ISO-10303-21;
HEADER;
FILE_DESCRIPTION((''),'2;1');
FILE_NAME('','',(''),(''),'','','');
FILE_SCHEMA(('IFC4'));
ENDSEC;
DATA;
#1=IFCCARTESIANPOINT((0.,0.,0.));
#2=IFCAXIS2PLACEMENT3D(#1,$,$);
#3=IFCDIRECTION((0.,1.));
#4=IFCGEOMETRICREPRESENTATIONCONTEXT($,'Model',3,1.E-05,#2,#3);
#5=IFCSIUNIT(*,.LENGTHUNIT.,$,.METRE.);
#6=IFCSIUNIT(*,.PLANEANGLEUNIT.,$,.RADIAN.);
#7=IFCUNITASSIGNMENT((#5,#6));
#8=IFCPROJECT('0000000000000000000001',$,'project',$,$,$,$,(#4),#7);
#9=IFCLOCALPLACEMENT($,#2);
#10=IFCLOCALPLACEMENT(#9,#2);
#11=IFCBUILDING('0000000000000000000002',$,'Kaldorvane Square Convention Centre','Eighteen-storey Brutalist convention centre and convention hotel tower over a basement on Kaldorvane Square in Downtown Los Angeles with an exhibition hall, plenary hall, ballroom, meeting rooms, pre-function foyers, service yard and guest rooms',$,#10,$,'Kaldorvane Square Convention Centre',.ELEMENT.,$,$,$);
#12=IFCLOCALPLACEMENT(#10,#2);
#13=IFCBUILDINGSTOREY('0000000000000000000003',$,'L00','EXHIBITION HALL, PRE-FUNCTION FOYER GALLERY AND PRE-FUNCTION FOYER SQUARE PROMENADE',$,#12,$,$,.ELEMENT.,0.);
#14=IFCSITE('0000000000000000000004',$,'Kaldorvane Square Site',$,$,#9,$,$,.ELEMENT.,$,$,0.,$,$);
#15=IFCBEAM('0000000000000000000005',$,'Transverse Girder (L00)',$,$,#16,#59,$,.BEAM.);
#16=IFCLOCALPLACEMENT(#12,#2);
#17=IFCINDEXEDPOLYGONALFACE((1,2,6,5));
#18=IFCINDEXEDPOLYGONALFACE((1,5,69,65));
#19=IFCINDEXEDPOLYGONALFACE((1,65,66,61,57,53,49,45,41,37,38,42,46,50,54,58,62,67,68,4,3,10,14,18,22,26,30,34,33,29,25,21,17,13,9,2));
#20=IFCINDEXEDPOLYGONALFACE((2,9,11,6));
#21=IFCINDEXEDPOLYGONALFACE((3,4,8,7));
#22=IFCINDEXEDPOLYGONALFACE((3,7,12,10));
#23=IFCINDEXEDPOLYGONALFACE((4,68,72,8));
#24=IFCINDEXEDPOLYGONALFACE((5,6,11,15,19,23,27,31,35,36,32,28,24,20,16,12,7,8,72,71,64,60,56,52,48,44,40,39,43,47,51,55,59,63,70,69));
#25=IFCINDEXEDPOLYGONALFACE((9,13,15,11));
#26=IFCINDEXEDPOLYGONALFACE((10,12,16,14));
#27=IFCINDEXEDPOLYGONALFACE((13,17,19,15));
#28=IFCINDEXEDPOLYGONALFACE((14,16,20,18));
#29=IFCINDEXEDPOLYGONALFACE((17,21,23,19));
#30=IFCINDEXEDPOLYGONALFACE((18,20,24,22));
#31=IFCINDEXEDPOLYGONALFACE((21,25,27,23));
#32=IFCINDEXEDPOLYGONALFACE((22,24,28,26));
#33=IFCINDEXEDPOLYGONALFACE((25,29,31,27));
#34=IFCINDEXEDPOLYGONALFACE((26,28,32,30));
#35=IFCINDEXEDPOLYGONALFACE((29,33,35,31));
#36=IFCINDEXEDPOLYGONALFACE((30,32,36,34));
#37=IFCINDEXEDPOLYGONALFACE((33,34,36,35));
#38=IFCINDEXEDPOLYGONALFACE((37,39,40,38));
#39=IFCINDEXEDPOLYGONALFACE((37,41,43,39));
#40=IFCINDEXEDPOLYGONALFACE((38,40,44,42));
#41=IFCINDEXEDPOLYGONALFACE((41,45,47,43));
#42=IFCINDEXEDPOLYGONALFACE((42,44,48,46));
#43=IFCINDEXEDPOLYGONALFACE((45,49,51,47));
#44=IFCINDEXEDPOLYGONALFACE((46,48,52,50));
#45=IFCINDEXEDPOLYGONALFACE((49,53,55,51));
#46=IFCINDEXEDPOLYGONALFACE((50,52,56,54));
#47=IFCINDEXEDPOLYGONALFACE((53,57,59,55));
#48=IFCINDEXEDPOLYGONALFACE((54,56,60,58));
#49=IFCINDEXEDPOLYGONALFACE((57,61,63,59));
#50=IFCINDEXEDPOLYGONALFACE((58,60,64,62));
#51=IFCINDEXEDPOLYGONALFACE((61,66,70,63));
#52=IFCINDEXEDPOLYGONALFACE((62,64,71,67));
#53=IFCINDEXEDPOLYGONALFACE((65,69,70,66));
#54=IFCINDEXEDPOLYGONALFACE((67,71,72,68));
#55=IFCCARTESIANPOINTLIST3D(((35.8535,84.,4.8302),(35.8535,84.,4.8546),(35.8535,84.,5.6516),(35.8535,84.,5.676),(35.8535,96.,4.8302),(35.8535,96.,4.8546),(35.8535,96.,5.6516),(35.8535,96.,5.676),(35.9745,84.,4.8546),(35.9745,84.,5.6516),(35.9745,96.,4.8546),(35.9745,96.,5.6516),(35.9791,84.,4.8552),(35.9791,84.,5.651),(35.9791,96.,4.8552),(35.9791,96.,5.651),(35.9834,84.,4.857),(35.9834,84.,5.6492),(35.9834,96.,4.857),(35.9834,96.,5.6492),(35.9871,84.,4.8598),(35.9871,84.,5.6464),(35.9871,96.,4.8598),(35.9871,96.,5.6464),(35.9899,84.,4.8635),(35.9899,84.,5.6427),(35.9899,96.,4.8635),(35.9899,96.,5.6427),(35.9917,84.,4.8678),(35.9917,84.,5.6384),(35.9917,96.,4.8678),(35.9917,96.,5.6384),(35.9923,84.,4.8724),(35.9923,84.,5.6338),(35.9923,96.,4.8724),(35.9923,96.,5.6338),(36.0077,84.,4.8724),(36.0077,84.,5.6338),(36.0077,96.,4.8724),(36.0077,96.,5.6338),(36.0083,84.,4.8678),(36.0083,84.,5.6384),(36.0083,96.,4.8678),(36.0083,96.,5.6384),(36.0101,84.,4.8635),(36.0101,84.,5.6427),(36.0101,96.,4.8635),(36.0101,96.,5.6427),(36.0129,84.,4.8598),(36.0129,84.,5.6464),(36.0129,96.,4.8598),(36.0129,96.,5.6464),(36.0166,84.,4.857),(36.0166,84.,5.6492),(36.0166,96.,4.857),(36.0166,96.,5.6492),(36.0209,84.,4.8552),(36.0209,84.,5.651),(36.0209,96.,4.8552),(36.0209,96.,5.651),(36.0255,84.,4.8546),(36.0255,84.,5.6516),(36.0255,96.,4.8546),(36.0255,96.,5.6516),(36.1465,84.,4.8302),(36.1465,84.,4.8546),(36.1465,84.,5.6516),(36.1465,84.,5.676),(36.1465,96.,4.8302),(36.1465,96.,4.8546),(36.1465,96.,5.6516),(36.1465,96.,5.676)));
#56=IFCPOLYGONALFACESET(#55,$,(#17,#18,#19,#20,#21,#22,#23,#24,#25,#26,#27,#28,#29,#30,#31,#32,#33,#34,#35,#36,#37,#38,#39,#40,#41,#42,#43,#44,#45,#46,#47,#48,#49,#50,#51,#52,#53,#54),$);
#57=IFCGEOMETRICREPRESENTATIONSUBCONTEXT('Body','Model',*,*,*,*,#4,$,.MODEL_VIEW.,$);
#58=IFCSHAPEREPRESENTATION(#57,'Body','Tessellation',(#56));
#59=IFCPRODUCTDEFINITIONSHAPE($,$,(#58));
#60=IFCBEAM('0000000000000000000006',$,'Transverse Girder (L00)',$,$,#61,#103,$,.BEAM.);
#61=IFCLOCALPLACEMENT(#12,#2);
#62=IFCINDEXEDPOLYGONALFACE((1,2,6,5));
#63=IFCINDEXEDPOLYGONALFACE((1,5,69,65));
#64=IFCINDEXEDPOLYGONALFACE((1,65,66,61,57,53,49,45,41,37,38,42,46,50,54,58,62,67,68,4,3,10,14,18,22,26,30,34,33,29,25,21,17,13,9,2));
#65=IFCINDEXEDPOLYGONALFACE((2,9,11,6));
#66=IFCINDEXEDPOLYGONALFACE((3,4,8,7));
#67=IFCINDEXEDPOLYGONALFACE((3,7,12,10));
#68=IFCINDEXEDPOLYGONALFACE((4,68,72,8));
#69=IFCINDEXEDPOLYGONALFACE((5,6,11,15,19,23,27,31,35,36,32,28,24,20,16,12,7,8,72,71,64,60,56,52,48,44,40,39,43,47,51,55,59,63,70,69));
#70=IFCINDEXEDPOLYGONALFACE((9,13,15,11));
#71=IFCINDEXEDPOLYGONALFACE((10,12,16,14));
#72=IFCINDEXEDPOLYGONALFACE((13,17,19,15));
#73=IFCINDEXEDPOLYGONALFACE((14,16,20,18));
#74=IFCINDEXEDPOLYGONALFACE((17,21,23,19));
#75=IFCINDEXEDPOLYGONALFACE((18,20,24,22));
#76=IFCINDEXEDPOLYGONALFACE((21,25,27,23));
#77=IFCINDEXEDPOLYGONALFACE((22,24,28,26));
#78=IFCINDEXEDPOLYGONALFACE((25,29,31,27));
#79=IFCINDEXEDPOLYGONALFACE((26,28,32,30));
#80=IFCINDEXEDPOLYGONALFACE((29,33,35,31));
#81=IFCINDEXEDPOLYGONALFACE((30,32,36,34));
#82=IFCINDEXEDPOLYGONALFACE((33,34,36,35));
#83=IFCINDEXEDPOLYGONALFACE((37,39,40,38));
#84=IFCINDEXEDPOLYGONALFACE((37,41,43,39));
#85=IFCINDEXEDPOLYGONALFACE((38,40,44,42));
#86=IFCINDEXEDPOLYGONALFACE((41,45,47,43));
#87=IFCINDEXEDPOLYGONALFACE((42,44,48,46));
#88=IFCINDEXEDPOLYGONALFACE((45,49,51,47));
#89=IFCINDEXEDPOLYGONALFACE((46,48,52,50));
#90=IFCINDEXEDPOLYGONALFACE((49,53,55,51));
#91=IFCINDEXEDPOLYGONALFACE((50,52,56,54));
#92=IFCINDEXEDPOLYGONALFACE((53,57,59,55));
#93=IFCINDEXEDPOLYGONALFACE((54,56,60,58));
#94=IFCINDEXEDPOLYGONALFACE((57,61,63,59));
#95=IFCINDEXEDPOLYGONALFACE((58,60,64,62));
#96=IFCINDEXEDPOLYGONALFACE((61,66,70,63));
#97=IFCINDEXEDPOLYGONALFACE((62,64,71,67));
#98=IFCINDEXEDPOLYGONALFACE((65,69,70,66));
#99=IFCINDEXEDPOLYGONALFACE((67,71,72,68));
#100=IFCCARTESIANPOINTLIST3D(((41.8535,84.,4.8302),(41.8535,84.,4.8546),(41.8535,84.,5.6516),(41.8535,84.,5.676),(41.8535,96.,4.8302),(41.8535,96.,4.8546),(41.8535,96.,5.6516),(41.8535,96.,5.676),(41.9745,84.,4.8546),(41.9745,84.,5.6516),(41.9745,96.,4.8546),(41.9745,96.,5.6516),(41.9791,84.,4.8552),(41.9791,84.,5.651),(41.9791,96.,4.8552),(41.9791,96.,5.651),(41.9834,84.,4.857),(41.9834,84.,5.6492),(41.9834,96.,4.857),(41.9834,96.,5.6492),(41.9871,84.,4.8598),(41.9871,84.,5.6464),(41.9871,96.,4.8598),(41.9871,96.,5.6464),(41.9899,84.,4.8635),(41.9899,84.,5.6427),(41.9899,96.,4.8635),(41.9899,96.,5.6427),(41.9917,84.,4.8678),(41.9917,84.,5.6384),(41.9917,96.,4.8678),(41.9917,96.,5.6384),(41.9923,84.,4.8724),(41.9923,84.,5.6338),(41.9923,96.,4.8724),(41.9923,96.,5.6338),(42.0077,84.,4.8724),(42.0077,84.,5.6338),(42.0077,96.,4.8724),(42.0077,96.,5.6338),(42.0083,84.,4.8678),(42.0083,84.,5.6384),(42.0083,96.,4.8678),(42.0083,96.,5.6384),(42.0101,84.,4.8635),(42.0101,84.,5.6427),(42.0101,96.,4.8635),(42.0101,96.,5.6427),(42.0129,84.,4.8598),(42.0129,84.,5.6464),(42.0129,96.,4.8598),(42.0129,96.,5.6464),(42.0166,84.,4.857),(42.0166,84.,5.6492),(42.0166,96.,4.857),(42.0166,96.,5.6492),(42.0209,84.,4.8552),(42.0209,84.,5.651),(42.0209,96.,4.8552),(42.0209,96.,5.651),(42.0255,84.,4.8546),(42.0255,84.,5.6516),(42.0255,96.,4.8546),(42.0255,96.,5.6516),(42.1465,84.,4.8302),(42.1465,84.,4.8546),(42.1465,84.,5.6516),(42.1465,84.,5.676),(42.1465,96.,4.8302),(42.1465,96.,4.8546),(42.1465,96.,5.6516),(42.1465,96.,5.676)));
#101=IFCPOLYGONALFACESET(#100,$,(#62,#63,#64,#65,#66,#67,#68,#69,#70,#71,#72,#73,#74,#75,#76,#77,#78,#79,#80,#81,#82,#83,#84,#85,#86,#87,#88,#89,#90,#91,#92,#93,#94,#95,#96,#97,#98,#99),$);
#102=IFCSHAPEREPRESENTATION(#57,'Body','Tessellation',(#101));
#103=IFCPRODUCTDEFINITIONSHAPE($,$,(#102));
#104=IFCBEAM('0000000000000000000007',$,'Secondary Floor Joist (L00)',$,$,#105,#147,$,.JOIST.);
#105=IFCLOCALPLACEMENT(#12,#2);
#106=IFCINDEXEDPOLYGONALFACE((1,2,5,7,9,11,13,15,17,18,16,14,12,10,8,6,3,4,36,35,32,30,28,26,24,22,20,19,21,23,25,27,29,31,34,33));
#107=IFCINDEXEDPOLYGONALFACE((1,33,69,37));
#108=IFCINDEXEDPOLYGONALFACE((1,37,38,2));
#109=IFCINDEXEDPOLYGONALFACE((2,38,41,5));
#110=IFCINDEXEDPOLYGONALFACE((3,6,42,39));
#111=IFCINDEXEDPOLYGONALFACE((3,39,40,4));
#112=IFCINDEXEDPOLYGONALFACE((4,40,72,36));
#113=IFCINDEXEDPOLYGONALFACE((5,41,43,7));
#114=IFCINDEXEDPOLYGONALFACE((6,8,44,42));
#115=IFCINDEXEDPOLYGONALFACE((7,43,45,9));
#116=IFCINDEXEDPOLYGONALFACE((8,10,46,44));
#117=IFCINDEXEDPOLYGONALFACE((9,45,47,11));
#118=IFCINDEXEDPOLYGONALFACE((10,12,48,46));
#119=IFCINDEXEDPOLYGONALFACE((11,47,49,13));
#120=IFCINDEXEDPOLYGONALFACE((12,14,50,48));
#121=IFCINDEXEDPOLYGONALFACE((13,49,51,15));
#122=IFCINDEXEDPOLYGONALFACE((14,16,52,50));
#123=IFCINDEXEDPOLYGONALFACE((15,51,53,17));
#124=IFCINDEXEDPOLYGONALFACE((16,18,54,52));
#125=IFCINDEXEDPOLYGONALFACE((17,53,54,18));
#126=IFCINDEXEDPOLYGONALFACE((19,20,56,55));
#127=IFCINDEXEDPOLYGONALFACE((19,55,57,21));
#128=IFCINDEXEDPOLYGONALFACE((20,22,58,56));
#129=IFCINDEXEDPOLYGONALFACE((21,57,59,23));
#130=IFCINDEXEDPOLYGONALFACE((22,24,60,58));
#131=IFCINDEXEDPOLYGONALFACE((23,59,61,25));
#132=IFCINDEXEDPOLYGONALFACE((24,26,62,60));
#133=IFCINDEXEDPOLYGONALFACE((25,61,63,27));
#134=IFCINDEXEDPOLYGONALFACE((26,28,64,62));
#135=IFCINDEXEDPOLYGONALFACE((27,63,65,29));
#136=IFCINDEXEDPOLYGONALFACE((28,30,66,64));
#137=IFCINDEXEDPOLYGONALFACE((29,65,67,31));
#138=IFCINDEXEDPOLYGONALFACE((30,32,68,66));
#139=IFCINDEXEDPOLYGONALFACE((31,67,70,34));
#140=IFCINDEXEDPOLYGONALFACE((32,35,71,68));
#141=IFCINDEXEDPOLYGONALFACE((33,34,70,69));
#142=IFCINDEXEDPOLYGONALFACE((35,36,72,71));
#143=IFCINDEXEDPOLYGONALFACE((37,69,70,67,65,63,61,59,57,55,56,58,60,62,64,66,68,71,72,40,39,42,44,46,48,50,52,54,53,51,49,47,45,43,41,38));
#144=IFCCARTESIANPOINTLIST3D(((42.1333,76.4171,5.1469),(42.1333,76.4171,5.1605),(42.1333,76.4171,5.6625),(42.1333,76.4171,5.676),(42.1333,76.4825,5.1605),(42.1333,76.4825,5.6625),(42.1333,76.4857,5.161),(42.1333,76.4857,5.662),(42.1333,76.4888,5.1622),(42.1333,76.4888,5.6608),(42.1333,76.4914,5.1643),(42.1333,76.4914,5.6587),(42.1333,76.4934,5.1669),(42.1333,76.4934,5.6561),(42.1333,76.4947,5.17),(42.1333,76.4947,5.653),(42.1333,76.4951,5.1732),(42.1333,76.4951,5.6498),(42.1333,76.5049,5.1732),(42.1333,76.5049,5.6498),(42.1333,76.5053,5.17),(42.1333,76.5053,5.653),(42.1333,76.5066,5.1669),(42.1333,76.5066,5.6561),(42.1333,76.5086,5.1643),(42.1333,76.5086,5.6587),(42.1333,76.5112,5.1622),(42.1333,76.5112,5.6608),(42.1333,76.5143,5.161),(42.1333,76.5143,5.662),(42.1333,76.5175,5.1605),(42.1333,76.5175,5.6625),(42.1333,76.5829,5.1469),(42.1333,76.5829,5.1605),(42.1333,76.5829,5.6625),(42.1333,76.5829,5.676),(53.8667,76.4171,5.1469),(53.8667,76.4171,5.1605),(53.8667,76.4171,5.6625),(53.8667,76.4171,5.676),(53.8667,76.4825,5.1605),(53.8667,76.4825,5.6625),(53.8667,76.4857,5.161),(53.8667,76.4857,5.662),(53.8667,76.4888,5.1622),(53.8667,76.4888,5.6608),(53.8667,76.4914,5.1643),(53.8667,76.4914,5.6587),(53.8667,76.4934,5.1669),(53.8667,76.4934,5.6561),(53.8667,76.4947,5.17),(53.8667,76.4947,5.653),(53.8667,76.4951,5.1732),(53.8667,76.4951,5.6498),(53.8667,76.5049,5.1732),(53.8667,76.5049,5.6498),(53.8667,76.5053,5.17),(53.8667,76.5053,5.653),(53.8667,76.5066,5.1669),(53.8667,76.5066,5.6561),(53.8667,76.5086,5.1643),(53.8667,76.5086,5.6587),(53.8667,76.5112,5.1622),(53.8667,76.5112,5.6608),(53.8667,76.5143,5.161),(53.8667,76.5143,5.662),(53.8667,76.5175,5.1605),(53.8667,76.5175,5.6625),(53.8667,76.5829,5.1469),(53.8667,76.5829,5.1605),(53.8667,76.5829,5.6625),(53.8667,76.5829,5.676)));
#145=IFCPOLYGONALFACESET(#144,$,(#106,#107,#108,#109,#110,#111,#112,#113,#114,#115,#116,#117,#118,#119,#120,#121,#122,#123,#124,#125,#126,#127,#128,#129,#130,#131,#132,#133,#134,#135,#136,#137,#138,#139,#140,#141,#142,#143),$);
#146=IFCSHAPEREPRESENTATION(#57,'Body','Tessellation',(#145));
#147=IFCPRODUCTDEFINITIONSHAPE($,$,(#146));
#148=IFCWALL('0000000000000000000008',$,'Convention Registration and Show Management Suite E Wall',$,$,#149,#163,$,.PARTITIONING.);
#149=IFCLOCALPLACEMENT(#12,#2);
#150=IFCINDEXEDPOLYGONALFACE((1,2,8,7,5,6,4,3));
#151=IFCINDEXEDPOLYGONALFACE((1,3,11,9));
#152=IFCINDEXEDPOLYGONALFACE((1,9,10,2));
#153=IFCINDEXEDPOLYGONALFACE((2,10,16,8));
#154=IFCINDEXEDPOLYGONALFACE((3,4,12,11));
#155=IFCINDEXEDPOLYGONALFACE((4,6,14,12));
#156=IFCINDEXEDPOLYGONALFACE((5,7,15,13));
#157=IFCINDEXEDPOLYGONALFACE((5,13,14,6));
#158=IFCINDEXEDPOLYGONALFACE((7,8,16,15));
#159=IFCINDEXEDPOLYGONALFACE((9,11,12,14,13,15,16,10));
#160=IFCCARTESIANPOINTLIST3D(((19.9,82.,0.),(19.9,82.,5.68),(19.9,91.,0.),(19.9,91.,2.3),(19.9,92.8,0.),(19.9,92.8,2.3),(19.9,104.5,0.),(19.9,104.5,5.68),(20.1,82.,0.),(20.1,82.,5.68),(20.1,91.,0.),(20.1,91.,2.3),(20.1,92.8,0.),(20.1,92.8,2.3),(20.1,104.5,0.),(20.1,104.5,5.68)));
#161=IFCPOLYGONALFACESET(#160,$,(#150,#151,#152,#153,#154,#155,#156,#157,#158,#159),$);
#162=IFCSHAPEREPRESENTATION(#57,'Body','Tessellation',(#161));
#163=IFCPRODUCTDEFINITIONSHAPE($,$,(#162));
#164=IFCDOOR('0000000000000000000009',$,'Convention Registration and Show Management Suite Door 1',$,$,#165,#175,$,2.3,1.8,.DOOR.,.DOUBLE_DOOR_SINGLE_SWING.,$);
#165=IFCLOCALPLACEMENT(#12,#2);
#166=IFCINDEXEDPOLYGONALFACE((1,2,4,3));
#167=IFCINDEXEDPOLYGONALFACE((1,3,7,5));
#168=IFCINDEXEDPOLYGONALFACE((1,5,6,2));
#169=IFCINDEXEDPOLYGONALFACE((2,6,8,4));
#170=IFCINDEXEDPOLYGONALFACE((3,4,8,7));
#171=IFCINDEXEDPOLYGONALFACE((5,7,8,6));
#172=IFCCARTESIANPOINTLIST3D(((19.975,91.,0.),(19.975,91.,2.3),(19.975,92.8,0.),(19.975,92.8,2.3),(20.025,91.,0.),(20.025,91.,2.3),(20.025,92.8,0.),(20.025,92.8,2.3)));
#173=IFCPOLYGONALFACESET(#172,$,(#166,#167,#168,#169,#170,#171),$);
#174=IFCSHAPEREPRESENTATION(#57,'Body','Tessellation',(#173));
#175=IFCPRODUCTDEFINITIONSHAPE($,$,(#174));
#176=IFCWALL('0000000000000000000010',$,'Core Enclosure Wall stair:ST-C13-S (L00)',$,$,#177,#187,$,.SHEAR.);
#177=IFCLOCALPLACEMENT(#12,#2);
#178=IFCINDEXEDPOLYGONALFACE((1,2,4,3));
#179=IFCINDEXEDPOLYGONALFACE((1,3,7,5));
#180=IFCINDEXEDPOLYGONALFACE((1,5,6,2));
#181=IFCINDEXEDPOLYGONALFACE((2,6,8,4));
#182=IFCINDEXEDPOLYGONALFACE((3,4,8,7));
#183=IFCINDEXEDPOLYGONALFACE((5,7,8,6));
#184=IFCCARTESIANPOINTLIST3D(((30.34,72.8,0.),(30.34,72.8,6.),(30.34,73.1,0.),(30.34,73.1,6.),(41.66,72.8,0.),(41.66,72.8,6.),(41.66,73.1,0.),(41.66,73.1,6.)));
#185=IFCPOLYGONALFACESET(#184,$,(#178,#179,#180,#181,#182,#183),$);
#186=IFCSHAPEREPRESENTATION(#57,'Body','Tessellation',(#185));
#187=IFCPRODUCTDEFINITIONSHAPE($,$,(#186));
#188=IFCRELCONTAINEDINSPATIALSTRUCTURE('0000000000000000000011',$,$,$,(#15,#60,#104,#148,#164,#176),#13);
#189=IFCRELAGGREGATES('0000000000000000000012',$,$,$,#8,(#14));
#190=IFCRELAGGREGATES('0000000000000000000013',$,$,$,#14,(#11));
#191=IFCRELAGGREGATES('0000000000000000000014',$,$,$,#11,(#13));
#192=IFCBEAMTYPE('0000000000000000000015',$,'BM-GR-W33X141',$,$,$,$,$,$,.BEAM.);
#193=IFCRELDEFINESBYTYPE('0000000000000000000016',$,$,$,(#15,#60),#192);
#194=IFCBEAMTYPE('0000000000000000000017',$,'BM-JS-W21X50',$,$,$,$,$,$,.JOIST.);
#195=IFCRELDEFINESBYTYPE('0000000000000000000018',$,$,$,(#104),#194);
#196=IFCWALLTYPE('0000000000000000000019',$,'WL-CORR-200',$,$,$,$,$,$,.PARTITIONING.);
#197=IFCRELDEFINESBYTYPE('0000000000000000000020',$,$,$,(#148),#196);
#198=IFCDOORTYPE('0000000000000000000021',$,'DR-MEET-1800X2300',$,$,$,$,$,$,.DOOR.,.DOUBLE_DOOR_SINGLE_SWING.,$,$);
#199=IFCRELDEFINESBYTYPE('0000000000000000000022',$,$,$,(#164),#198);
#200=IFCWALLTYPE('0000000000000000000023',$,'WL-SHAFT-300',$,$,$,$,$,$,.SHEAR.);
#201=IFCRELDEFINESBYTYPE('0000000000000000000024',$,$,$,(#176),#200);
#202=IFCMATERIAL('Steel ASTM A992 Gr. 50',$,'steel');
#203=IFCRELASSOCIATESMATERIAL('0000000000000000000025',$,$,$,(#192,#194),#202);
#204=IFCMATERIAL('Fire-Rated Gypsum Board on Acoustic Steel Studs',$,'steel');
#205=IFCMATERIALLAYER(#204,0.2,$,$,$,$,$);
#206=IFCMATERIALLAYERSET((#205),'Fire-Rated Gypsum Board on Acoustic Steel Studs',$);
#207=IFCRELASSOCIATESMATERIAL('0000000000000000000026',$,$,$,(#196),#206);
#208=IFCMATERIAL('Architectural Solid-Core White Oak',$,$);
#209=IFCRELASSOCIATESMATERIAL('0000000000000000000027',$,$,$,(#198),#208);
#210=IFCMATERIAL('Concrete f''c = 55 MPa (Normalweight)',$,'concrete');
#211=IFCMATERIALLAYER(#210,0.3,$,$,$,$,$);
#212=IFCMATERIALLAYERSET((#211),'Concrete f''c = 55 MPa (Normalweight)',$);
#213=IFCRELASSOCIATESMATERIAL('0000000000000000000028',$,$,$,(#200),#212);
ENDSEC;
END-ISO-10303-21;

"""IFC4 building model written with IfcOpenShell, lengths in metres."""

from ifc_helpers import new_model, si_unit, direction, frame, frame_2d, origin, origin_2d, place, context, subcontext, project, spatial, rectangle, i_section, extrude, material, layer, layer_set, material_profile, profile_set, type_object, element, fill, save


model = new_model("IFC4")

# Units and contexts
model_context = context("Model", 3, precision=1e-05, world=origin(), true_north=direction((0.0, 1.0)))
body_context = subcontext(model_context, "Body", "Model", "MODEL_VIEW")
ifc_project = project(units=[si_unit("LENGTHUNIT", "METRE"), si_unit("PLANEANGLEUNIT", "RADIAN")], contexts=[model_context])

# Site, building, storey
site_placement = place(None, origin())
site = spatial("IfcSite", under=ifc_project, at=site_placement, Name="Kaldorvane Square Site", CompositionType="ELEMENT", RefElevation=0.0)
building_placement = place(site_placement, origin())
building = spatial("IfcBuilding", under=site, at=building_placement, Name="Kaldorvane Square Convention Centre", Description="Eighteen-storey Brutalist convention centre and convention hotel tower over a basement on Kaldorvane Square in Downtown Los Angeles with an exhibition hall, plenary hall, ballroom, meeting rooms, pre-function foyers, service yard and guest rooms", LongName="Kaldorvane Square Convention Centre", CompositionType="ELEMENT")
storey_placement = place(building_placement, origin())
storey = spatial("IfcBuildingStorey", under=building, at=storey_placement, Name="L00", Description="EXHIBITION HALL, PRE-FUNCTION FOYER GALLERY AND PRE-FUNCTION FOYER SQUARE PROMENADE", CompositionType="ELEMENT", Elevation=0.0)

# Shared definitions
ifc_material_1 = material(Name="Concrete f'c = 55 MPa (Normalweight)", Category="concrete")
ifc_material_2 = material(Name="Steel ASTM A992 Gr. 50", Category="steel")

# Beams
ifc_material_profile_1 = material_profile(ifc_material_2, i_section(OverallWidth=0.293, OverallDepth=0.8458, WebThickness=0.0154, FlangeThickness=0.0244, FilletRadius=0.0178, at=origin_2d()), Name="W33X141")
ifc_profile_set_1 = profile_set([ifc_material_profile_1], Name="Steel ASTM A992 Gr. 50")
beam_type_1 = type_object("IfcBeamType", Name="BM-GR-W33X141", PredefinedType="BEAM", material=ifc_profile_set_1)
for number, where, z_axis, x_axis, name in (
    (1, (36.0, 84.0, 5.2531), (0.0, 1.0, 0.0), (-1.0, 0.0, 0.0), "Transverse Girder (L00)"),
    (2, (42.0, 84.0, 5.2531), (0.0, 1.0, 0.0), (-1.0, 0.0, 0.0), "Transverse Girder (L00)"),
):
    element("IfcBeam", number, at=place(storey_placement, frame(where, z_axis=z_axis, x_axis=x_axis)), inside=storey, type_object=beam_type_1, Name=name, PredefinedType="BEAM", context=body_context, shape_type="SweptSolid", body=[
        extrude(i_section(OverallWidth=0.293, OverallDepth=0.8458, WebThickness=0.0154, FlangeThickness=0.0244, FilletRadius=0.0178, at=origin_2d()), origin(), (0.0, 0.0, 1.0), 12.0),
    ])
ifc_material_profile_2 = material_profile(ifc_material_2, i_section(OverallWidth=0.1659, OverallDepth=0.5291, WebThickness=0.0097, FlangeThickness=0.0136, FilletRadius=0.0127, at=origin_2d()), Name="W21X50")
ifc_profile_set_2 = profile_set([ifc_material_profile_2], Name="Steel ASTM A992 Gr. 50")
beam_type_2 = type_object("IfcBeamType", Name="BM-JS-W21X50", PredefinedType="JOIST", material=ifc_profile_set_2)
beam_placement = place(storey_placement, frame((42.1333, 76.5, 5.4115), z_axis=(1.0, 0.0, 0.0), x_axis=(0.0, 1.0, 0.0)))
element("IfcBeam", 3, at=beam_placement, inside=storey, type_object=beam_type_2, Name="Secondary Floor Joist (L00)", PredefinedType="JOIST", context=body_context, shape_type="SweptSolid", body=[
    extrude(i_section(OverallWidth=0.1659, OverallDepth=0.5291, WebThickness=0.0097, FlangeThickness=0.0136, FilletRadius=0.0127, at=origin_2d()), origin(), (0.0, 0.0, 1.0), 11.7334),
])

# Wall, opening, door
ifc_material_3 = material(Name="Fire-Rated Gypsum Board on Acoustic Steel Studs", Category="steel")
ifc_layer_1 = layer(ifc_material_3, 0.2)
ifc_layer_set_1 = layer_set([ifc_layer_1], Name="Fire-Rated Gypsum Board on Acoustic Steel Studs")
wall_type_1 = type_object("IfcWallType", Name="WL-CORR-200", PredefinedType="PARTITIONING", material=ifc_layer_set_1)
wall_1_placement = place(storey_placement, frame((20.0, 82.0, 0.0), z_axis=(0.0, 0.0, 1.0), x_axis=(0.0, 1.0, 0.0)))
wall_1 = element("IfcWall", 4, at=wall_1_placement, inside=storey, type_object=wall_type_1, Name="Convention Registration and Show Management Suite E Wall", PredefinedType="PARTITIONING", context=body_context, shape_type="SweptSolid", body=[
    extrude(rectangle(XDim=22.5, YDim=0.2, at=frame_2d((11.25, 0.0))), origin(), (0.0, 0.0, 1.0), 5.68),
])
opening_1_placement = place(wall_1_placement, frame((9.0, 0.0, 0.0)))
opening_1 = element("IfcOpeningElement", 5, at=opening_1_placement, cuts=wall_1, PredefinedType="OPENING", context=body_context, shape_type="SweptSolid", body=[
    extrude(rectangle(XDim=1.8, YDim=2.3, at=frame_2d((0.9, 1.15))), frame((0.0, 0.115, 0.0), z_axis=(0.0, -1.0, 0.0), x_axis=(1.0, 0.0, 0.0)), (0.0, 0.0, 1.0), 0.23),
])
ifc_material_4 = material(Name="Architectural Solid-Core White Oak")
door_type_1 = type_object("IfcDoorType", Name="DR-MEET-1800X2300", OperationType="DOUBLE_DOOR_SINGLE_SWING", PredefinedType="DOOR", material=ifc_material_4)
door_1_placement = place(opening_1_placement, origin())
door_1 = element("IfcDoor", 6, at=door_1_placement, inside=storey, type_object=door_type_1, Name="Convention Registration and Show Management Suite Door 1", OperationType="DOUBLE_DOOR_SINGLE_SWING", OverallHeight=2.3, OverallWidth=1.8, PredefinedType="DOOR", context=body_context, shape_type="SweptSolid", body=[
    extrude(rectangle(XDim=1.8, YDim=2.3, at=frame_2d((0.9, 1.15))), frame((0.0, 0.025, 0.0), z_axis=(0.0, -1.0, 0.0), x_axis=(1.0, 0.0, 0.0)), (0.0, 0.0, 1.0), 0.05),
])
fill(opening_1, door_1)

# Wall
ifc_layer_2 = layer(ifc_material_1, 0.3)
ifc_layer_set_2 = layer_set([ifc_layer_2], Name="Concrete f'c = 55 MPa (Normalweight)")
wall_type_2 = type_object("IfcWallType", Name="WL-SHAFT-300", PredefinedType="SHEAR", material=ifc_layer_set_2)
wall_2_placement = place(storey_placement, frame((30.34, 72.95, 0.0), z_axis=(0.0, 0.0, 1.0), x_axis=(1.0, 0.0, 0.0)))
element("IfcWall", 7, at=wall_2_placement, inside=storey, type_object=wall_type_2, Name="Core Enclosure Wall stair:ST-C13-S (L00)", PredefinedType="SHEAR", context=body_context, shape_type="SweptSolid", body=[
    extrude(rectangle(XDim=11.32, YDim=0.3, at=frame_2d((5.66, 0.0))), origin(), (0.0, 0.0, 1.0), 6.0),
])

save(model, "model.ifc")
